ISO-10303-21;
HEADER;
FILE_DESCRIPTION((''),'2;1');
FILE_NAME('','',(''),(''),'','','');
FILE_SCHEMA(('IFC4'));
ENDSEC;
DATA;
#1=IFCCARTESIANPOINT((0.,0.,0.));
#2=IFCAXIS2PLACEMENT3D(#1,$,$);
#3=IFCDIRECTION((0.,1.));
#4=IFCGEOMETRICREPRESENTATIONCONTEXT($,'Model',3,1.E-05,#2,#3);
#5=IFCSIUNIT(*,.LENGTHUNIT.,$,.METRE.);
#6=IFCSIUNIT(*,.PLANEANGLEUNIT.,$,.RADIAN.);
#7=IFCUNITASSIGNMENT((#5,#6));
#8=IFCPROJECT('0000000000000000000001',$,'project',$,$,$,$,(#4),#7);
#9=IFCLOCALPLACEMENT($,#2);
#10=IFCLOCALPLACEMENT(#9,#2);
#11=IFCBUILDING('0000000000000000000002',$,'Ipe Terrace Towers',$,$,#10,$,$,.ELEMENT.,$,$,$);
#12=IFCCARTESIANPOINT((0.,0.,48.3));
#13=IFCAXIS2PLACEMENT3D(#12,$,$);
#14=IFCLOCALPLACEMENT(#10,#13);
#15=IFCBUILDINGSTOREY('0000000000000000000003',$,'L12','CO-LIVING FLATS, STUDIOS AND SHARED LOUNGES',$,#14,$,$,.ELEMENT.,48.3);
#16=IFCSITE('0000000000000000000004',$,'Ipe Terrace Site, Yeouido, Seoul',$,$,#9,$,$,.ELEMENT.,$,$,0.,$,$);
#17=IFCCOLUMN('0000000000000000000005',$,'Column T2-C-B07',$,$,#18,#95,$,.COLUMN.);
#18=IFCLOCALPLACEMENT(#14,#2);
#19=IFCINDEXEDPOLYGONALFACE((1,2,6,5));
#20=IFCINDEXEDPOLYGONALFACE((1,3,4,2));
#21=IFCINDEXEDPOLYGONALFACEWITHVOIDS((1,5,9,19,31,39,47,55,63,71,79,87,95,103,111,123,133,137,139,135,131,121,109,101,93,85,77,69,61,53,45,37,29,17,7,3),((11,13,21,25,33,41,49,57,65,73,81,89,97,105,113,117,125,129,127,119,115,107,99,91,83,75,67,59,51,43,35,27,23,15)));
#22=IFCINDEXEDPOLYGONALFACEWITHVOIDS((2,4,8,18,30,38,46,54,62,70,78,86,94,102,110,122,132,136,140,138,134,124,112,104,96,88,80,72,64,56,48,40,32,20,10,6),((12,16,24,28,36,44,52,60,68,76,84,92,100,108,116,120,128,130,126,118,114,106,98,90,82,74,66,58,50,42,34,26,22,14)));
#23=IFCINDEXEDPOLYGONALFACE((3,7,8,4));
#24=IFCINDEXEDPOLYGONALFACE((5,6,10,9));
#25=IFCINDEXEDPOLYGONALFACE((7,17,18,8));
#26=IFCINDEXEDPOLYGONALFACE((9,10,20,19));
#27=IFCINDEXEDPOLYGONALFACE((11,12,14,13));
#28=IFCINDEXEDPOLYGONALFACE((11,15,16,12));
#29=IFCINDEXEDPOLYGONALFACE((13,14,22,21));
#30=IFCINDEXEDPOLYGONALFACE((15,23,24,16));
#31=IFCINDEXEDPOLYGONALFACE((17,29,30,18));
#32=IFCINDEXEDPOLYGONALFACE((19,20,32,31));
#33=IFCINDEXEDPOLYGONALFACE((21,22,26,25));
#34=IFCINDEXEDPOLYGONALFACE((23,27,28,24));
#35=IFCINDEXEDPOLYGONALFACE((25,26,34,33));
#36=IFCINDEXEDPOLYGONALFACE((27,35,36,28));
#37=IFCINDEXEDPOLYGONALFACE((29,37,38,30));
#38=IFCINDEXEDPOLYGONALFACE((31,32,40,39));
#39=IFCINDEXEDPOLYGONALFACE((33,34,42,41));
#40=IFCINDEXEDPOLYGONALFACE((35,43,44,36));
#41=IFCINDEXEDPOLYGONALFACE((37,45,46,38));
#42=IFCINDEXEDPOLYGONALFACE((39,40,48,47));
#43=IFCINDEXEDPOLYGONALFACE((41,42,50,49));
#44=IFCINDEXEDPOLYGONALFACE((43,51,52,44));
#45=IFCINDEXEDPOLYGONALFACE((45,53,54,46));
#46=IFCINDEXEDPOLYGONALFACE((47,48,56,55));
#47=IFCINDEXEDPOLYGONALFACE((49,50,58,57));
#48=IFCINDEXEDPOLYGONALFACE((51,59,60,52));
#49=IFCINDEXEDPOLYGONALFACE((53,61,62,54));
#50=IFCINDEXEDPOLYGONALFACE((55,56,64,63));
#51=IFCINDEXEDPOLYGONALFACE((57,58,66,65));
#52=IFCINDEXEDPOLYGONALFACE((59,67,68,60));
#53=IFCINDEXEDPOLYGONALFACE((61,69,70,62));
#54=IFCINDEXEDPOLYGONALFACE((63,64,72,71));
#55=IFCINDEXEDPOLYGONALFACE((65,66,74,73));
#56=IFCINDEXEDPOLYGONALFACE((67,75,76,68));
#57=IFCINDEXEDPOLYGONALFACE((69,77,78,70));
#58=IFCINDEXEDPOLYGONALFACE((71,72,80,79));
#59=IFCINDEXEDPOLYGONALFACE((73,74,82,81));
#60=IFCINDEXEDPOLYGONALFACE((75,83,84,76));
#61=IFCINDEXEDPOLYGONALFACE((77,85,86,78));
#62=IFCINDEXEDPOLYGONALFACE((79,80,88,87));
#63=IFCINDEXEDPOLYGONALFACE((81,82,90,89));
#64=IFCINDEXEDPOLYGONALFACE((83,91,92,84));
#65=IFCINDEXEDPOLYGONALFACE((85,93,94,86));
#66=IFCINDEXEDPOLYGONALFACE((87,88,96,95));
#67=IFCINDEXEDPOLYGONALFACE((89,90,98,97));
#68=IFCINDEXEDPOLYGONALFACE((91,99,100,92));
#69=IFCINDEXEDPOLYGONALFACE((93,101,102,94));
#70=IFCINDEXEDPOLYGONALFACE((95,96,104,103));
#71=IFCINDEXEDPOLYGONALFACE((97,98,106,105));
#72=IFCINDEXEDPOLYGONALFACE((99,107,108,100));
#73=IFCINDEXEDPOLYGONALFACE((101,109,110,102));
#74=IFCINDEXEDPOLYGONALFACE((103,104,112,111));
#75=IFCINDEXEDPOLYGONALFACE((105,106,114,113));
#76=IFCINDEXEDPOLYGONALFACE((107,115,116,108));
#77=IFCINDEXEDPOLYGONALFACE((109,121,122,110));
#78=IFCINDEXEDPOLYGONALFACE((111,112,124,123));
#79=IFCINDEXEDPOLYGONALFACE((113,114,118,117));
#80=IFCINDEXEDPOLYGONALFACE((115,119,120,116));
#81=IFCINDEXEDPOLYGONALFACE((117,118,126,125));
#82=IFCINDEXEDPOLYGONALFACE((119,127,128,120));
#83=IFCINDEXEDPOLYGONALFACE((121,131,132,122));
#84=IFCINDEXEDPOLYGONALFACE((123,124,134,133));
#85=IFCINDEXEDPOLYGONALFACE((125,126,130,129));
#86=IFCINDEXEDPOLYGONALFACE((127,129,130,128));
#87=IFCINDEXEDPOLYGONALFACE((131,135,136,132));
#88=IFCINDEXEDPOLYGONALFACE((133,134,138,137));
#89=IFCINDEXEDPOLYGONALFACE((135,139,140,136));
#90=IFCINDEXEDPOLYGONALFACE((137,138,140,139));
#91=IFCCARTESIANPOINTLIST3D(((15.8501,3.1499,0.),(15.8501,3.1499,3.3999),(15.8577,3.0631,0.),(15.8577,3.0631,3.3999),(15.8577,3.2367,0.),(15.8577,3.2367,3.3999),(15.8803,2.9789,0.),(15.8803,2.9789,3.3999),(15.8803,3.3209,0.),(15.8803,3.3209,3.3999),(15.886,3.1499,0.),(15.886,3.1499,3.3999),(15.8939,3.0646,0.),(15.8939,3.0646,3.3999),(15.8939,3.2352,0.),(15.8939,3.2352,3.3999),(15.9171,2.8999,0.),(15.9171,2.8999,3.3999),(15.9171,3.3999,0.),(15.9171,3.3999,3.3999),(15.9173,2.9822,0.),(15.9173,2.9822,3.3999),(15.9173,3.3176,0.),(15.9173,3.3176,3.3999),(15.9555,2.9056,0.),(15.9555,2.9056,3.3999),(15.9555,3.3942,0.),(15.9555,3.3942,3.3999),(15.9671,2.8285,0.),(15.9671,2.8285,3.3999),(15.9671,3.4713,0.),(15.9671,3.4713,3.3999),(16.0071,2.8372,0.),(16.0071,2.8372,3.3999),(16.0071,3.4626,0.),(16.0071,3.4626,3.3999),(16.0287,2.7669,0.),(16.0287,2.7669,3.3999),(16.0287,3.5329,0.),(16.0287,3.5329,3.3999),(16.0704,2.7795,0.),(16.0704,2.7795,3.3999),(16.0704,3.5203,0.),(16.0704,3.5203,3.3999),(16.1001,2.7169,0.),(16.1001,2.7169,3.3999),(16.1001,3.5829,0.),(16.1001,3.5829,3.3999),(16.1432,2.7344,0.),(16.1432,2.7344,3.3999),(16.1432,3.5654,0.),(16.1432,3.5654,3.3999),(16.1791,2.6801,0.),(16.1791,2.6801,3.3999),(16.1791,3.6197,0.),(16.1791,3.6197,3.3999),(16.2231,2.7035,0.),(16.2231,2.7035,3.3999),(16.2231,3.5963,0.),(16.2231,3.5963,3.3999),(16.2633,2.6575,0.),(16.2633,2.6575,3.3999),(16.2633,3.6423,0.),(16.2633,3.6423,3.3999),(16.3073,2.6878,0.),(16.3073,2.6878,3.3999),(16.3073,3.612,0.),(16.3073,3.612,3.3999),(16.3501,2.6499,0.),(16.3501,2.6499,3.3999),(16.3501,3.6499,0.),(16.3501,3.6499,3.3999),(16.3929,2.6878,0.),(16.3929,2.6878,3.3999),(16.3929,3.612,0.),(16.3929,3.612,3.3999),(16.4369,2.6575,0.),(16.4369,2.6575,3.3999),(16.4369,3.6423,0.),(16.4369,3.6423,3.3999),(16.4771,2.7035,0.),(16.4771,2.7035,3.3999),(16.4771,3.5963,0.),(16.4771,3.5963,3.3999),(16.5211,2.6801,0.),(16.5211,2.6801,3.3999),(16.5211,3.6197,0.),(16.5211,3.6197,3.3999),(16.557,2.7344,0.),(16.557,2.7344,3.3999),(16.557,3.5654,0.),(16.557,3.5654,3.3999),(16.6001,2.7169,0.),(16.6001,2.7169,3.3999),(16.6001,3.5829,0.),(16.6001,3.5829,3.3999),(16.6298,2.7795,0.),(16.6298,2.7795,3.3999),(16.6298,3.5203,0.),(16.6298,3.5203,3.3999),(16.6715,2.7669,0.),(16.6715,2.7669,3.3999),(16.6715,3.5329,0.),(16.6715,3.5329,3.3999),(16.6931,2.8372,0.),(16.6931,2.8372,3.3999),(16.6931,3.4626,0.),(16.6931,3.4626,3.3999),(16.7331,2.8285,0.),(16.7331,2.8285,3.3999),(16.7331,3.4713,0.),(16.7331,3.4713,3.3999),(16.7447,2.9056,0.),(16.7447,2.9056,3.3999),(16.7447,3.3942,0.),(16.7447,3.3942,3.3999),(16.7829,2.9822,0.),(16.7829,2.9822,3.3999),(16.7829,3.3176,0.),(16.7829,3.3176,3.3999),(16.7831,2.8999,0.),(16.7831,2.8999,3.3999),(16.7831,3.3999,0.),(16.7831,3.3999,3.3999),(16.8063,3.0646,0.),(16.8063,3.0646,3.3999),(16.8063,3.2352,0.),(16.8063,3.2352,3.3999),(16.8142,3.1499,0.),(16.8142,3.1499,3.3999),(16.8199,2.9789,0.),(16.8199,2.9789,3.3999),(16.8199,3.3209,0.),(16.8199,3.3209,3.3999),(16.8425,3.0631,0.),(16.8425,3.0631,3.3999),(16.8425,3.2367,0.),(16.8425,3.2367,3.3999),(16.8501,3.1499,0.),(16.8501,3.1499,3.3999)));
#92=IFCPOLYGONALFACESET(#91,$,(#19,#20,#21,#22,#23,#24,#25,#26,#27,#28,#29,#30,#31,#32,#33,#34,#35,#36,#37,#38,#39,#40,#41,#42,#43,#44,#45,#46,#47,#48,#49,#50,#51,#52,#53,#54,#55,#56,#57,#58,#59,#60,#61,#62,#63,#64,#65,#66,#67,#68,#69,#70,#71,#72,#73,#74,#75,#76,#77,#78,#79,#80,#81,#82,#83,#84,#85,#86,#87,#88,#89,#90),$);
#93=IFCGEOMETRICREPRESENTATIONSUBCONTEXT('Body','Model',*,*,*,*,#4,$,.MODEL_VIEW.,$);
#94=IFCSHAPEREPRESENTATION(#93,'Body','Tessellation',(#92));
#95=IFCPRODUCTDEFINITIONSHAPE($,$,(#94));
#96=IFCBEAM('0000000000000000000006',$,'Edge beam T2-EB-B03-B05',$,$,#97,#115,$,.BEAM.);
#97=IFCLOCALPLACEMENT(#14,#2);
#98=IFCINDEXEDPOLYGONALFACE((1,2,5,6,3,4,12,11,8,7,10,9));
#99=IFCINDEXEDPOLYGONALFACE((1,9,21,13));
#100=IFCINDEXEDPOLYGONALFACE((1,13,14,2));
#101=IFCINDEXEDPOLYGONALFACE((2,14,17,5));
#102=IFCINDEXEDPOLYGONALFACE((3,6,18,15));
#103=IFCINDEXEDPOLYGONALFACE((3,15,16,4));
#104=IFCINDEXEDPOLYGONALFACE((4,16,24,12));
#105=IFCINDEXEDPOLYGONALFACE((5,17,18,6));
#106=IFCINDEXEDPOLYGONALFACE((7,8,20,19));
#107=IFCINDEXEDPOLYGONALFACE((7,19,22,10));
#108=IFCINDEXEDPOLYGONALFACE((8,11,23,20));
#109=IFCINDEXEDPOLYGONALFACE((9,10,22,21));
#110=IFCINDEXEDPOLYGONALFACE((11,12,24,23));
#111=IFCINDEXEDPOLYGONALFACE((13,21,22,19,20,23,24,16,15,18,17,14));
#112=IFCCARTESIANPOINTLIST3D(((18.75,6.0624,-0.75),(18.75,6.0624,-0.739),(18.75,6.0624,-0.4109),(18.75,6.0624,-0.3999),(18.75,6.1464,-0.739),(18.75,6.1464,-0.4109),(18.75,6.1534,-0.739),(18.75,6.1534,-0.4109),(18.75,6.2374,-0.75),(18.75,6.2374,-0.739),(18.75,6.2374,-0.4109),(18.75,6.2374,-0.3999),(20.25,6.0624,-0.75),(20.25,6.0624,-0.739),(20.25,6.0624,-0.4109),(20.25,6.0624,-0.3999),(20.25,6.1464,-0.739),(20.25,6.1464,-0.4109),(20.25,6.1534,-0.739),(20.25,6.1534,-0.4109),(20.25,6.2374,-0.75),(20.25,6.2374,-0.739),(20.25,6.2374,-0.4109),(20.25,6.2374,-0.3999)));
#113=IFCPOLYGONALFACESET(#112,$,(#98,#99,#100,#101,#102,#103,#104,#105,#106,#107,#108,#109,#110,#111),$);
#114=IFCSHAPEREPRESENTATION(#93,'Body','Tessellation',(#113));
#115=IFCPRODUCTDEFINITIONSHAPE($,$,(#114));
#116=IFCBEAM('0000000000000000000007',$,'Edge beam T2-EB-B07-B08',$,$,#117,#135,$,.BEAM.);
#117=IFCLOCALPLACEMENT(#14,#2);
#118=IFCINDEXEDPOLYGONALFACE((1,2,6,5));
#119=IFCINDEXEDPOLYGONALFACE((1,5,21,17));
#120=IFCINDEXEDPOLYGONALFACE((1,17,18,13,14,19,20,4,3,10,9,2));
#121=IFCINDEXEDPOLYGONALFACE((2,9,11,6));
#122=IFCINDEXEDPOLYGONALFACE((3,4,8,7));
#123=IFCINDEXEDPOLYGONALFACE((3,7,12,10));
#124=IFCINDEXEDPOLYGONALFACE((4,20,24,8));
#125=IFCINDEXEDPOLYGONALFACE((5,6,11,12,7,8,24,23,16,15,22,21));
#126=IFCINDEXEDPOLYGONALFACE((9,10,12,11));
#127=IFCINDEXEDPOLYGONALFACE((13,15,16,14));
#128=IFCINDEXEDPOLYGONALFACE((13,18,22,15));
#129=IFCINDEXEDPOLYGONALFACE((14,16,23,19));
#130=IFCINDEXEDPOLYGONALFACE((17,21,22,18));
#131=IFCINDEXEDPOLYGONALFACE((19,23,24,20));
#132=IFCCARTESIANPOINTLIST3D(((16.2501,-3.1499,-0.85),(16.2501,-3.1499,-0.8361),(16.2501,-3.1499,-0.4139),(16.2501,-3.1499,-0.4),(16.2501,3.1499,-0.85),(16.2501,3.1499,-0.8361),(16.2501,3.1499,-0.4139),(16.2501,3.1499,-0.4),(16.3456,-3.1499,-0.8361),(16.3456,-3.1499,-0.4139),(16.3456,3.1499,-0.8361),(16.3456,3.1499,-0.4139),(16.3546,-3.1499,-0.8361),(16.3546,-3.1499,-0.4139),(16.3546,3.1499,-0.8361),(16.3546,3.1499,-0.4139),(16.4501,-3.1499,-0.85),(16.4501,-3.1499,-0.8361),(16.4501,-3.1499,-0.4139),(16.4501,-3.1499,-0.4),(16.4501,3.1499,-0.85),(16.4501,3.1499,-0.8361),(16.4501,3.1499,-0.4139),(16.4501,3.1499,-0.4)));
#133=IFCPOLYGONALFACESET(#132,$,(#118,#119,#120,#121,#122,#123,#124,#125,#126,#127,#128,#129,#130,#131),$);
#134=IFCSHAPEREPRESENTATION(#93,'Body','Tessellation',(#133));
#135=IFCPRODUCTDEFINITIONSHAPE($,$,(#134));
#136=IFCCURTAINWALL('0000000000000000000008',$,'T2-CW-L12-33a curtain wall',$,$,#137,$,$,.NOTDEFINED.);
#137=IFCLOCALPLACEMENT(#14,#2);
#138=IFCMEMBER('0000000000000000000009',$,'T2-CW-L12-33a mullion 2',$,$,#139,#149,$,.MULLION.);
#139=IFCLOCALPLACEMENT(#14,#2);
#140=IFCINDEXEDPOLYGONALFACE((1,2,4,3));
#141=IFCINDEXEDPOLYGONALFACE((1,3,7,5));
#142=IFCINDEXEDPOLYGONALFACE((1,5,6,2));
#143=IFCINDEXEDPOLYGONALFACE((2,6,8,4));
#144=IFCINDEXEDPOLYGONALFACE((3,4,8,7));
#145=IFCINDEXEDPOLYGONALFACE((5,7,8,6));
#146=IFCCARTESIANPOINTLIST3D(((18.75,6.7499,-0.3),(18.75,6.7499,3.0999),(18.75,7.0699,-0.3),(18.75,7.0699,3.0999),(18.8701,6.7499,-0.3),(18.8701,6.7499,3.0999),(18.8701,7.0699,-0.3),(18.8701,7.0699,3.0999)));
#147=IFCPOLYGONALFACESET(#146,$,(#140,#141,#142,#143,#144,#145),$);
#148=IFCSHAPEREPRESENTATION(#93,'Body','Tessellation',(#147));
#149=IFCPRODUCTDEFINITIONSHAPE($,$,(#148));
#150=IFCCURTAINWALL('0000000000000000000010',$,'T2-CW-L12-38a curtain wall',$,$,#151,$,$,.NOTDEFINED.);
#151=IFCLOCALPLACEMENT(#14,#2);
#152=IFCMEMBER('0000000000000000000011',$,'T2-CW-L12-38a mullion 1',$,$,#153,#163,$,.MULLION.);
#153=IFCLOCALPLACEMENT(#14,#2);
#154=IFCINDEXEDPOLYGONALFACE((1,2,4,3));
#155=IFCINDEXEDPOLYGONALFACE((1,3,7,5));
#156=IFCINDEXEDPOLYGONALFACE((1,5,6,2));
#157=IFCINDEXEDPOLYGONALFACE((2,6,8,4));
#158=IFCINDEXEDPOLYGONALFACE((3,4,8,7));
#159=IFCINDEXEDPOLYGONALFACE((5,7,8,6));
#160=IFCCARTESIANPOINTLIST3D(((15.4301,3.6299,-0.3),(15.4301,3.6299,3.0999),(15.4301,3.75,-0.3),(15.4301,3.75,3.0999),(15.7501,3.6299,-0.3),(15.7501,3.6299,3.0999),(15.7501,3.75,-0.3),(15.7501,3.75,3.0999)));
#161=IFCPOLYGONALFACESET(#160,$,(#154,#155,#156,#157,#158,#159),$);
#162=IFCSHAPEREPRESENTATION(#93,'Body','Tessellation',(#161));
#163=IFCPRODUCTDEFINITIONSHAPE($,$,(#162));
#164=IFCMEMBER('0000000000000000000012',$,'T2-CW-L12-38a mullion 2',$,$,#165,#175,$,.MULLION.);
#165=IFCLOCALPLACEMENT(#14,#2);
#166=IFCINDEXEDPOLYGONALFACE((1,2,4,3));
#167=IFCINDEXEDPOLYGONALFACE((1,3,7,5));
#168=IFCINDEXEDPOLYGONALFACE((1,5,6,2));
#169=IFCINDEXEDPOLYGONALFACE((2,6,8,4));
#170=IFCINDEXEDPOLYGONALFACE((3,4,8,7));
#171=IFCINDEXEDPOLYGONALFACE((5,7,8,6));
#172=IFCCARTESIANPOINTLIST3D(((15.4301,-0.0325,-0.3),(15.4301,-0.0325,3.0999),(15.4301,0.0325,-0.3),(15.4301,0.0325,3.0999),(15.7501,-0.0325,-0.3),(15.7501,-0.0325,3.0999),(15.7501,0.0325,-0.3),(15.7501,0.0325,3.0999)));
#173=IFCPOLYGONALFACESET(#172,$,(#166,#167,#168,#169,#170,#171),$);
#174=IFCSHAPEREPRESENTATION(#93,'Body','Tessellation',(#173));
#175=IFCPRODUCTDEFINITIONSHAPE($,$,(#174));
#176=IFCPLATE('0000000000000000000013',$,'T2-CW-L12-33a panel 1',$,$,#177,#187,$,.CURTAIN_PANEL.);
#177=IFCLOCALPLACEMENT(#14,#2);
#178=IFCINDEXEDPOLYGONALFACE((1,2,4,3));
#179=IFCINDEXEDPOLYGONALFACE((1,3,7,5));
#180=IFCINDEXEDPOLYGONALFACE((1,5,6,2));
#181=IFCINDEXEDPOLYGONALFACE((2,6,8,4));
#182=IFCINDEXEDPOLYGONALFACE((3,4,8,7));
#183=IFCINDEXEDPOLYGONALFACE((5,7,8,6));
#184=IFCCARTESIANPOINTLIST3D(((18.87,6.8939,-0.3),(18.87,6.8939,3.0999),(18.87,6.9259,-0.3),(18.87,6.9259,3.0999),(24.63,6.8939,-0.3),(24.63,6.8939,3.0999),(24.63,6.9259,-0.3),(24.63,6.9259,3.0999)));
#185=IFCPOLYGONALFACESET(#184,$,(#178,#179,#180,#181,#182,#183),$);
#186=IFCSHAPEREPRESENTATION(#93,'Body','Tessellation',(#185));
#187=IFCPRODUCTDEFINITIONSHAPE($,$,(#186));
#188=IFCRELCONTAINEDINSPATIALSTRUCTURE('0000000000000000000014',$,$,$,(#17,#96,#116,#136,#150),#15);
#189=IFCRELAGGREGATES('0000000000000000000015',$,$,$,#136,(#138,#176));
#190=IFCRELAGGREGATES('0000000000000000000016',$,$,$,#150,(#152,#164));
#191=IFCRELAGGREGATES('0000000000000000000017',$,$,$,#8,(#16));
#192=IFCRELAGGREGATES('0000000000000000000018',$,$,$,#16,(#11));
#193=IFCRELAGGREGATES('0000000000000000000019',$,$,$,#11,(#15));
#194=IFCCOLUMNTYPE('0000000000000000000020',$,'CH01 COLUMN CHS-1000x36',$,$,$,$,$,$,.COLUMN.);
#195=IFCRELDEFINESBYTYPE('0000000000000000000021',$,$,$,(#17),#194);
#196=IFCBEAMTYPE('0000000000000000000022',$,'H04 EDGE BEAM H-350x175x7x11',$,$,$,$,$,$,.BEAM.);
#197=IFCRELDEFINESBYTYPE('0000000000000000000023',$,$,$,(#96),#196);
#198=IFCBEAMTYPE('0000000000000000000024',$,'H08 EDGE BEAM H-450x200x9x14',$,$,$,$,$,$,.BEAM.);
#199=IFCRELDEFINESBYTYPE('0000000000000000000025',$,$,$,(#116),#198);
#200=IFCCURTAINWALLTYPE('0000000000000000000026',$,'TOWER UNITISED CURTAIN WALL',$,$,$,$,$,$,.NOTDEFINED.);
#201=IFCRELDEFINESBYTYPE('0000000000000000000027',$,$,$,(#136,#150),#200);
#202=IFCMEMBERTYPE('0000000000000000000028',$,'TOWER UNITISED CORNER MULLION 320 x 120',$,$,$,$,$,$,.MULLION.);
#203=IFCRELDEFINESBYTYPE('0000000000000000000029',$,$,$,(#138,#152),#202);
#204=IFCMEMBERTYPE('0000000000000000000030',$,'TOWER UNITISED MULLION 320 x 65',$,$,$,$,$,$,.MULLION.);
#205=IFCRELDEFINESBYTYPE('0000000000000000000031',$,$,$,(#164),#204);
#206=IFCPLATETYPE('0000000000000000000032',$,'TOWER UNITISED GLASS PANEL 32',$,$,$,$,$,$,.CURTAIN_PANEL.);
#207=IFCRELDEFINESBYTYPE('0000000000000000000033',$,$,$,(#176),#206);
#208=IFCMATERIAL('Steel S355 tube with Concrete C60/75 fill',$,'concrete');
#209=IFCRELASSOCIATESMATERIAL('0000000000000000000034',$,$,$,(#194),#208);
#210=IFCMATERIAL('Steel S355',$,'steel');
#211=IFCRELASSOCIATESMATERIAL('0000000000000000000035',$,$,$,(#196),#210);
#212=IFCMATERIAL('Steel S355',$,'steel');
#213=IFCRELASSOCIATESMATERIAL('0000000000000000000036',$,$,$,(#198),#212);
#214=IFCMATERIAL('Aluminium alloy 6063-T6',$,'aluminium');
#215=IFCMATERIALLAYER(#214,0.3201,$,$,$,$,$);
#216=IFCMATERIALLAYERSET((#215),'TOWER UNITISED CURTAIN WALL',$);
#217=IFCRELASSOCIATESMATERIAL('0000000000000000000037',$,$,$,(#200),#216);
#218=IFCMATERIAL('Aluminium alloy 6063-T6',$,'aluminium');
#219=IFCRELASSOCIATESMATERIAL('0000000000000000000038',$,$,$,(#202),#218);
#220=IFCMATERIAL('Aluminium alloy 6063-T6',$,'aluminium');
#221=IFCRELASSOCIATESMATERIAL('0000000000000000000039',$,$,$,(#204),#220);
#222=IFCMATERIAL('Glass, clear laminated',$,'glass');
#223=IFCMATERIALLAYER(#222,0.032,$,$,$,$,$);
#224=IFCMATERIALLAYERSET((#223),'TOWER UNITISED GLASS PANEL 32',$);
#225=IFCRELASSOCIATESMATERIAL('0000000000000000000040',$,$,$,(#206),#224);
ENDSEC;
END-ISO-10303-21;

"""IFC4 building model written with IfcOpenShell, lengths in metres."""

from ifc_helpers import new_model, si_unit, direction, frame, origin, origin_2d, place, context, subcontext, project, spatial, rectangle, hollow_circle, i_section, extrude, material, layer, layer_set, material_profile, profile_set, type_object, element, aggregate, save


model = new_model("IFC4")

# Units and contexts
model_context = context("Model", 3, precision=1e-05, world=origin(), true_north=direction((0.0, 1.0)))
body_context = subcontext(model_context, "Body", "Model", "MODEL_VIEW")
ifc_project = project(units=[si_unit("LENGTHUNIT", "METRE"), si_unit("PLANEANGLEUNIT", "RADIAN")], contexts=[model_context])

# Site, building, storey
site_placement = place(None, origin())
site = spatial("IfcSite", under=ifc_project, at=site_placement, Name="Ipe Terrace Site, Yeouido, Seoul", CompositionType="ELEMENT", RefElevation=0.0)
building_placement = place(site_placement, origin())
building = spatial("IfcBuilding", under=site, at=building_placement, Name="Ipe Terrace Towers", CompositionType="ELEMENT")
storey_placement = place(building_placement, frame((0.0, 0.0, 48.3)))
storey = spatial("IfcBuildingStorey", under=building, at=storey_placement, Name="L12", Description="CO-LIVING FLATS, STUDIOS AND SHARED LOUNGES", CompositionType="ELEMENT", Elevation=48.3)

# Column
ifc_material_1 = material(Name="Steel S355 tube with Concrete C60/75 fill", Category="concrete")
ifc_material_profile_1 = material_profile(ifc_material_1, hollow_circle(Radius=0.5, WallThickness=0.0359, at=origin_2d()), Name="CHS-1000x36")
ifc_profile_set_1 = profile_set([ifc_material_profile_1], Name="Steel S355 tube with Concrete C60/75 fill")
column_type = type_object("IfcColumnType", Name="CH01 COLUMN CHS-1000x36", PredefinedType="COLUMN", material=ifc_profile_set_1)
for number, where, z_axis, x_axis, name in (
    (1, (16.3501, 3.1499, 0.0), (0.0, 0.0, 1.0), (1.0, 0.0, 0.0), "Column T2-C-B07"),
):
    element("IfcColumn", number, at=place(storey_placement, frame(where, z_axis=z_axis, x_axis=x_axis)), inside=storey, type_object=column_type, Name=name, PredefinedType="COLUMN", context=body_context, shape_type="SweptSolid", body=[
        extrude(hollow_circle(Radius=0.5, WallThickness=0.0359, at=origin_2d()), origin(), (0.0, 0.0, 1.0), 3.3999),
    ])

# Beams
ifc_material_2 = material(Name="Steel S355", Category="steel")
ifc_material_profile_2 = material_profile(ifc_material_2, i_section(OverallWidth=0.175, OverallDepth=0.3501, WebThickness=0.0071, FlangeThickness=0.011, at=origin_2d()), Name="H-350x175x7x11")
ifc_profile_set_2 = profile_set([ifc_material_profile_2], Name="Steel S355")
beam_type_1 = type_object("IfcBeamType", Name="H04 EDGE BEAM H-350x175x7x11", PredefinedType="BEAM", material=ifc_profile_set_2)
beam_1_placement = place(storey_placement, frame((20.25, 6.1499, -0.575), z_axis=(-1.0, 0.0, 0.0), x_axis=(0.0, -1.0, 0.0)))
element("IfcBeam", 2, at=beam_1_placement, inside=storey, type_object=beam_type_1, Name="Edge beam T2-EB-B03-B05", PredefinedType="BEAM", context=body_context, shape_type="SweptSolid", body=[
    extrude(i_section(OverallWidth=0.175, OverallDepth=0.3501, WebThickness=0.0071, FlangeThickness=0.011, at=origin_2d()), origin(), (0.0, 0.0, 1.0), 1.5),
])
ifc_material_3 = material(Name="Steel S355", Category="steel")
ifc_material_profile_3 = material_profile(ifc_material_3, i_section(OverallWidth=0.2, OverallDepth=0.45, WebThickness=0.009, FlangeThickness=0.0139, at=origin_2d()), Name="H-450x200x9x14")
ifc_profile_set_3 = profile_set([ifc_material_profile_3], Name="Steel S355")
beam_type_2 = type_object("IfcBeamType", Name="H08 EDGE BEAM H-450x200x9x14", PredefinedType="BEAM", material=ifc_profile_set_3)
beam_2_placement = place(storey_placement, frame((16.3501, 3.1499, -0.625), z_axis=(0.0, -1.0, 0.0), x_axis=(1.0, 0.0, 0.0)))
element("IfcBeam", 3, at=beam_2_placement, inside=storey, type_object=beam_type_2, Name="Edge beam T2-EB-B07-B08", PredefinedType="BEAM", context=body_context, shape_type="SweptSolid", body=[
    extrude(i_section(OverallWidth=0.2, OverallDepth=0.45, WebThickness=0.009, FlangeThickness=0.0139, at=origin_2d()), origin(), (0.0, 0.0, 1.0), 6.2998),
])

# Curtain wall, member
ifc_material_4 = material(Name="Aluminium alloy 6063-T6", Category="aluminium")
ifc_layer_1 = layer(ifc_material_4, 0.3201)
ifc_layer_set_1 = layer_set([ifc_layer_1], Name="TOWER UNITISED CURTAIN WALL")
curtain_wall_type = type_object("IfcCurtainWallType", Name="TOWER UNITISED CURTAIN WALL", PredefinedType="NOTDEFINED", material=ifc_layer_set_1)
curtain_wall_1_placement = place(storey_placement, origin())
curtain_wall_1 = element("IfcCurtainWall", 4, at=curtain_wall_1_placement, inside=storey, type_object=curtain_wall_type, Name="T2-CW-L12-33a curtain wall", PredefinedType="NOTDEFINED")
ifc_material_5 = material(Name="Aluminium alloy 6063-T6", Category="aluminium")
ifc_material_profile_4 = material_profile(ifc_material_5, rectangle(XDim=0.3201, YDim=0.1201, at=origin_2d()), Name="TOWER UNITISED CORNER MULLION 320 x 120")
ifc_profile_set_4 = profile_set([ifc_material_profile_4], Name="Aluminium alloy 6063-T6")
member_type_1 = type_object("IfcMemberType", Name="TOWER UNITISED CORNER MULLION 320 x 120", PredefinedType="MULLION", material=ifc_profile_set_4)
member_1_placement = place(storey_placement, frame((18.8101, 6.9099, -0.3), z_axis=(0.0, 0.0, 1.0), x_axis=(0.0, 1.0, 0.0)))
member_1 = element("IfcMember", 5, at=member_1_placement, type_object=member_type_1, Name="T2-CW-L12-33a mullion 2", PredefinedType="MULLION", context=body_context, shape_type="SweptSolid", body=[
    extrude(rectangle(XDim=0.3201, YDim=0.1201, at=origin_2d()), origin(), (0.0, 0.0, 1.0), 3.3999),
])

# Curtain wall, members
curtain_wall_2_placement = place(storey_placement, origin())
curtain_wall_2 = element("IfcCurtainWall", 6, at=curtain_wall_2_placement, inside=storey, type_object=curtain_wall_type, Name="T2-CW-L12-38a curtain wall", PredefinedType="NOTDEFINED")
member_2_placement = place(storey_placement, frame((15.5901, 3.6899, -0.3), z_axis=(0.0, 0.0, 1.0), x_axis=(-1.0, 0.0, 0.0)))
member_2 = element("IfcMember", 7, at=member_2_placement, type_object=member_type_1, Name="T2-CW-L12-38a mullion 1", PredefinedType="MULLION", context=body_context, shape_type="SweptSolid", body=[
    extrude(rectangle(XDim=0.3201, YDim=0.1201, at=origin_2d()), origin(), (0.0, 0.0, 1.0), 3.3999),
])
ifc_material_6 = material(Name="Aluminium alloy 6063-T6", Category="aluminium")
ifc_material_profile_5 = material_profile(ifc_material_6, rectangle(XDim=0.3201, YDim=0.0649, at=origin_2d()), Name="TOWER UNITISED MULLION 320 x 65")
ifc_profile_set_5 = profile_set([ifc_material_profile_5], Name="Aluminium alloy 6063-T6")
member_type_2 = type_object("IfcMemberType", Name="TOWER UNITISED MULLION 320 x 65", PredefinedType="MULLION", material=ifc_profile_set_5)
member_3_placement = place(storey_placement, frame((15.5901, 0.0, -0.3), z_axis=(0.0, 0.0, 1.0), x_axis=(-1.0, 0.0, 0.0)))
member_3 = element("IfcMember", 8, at=member_3_placement, type_object=member_type_2, Name="T2-CW-L12-38a mullion 2", PredefinedType="MULLION", context=body_context, shape_type="SweptSolid", body=[
    extrude(rectangle(XDim=0.3201, YDim=0.0649, at=origin_2d()), origin(), (0.0, 0.0, 1.0), 3.3999),
])

# Plate
ifc_material_7 = material(Name="Glass, clear laminated", Category="glass")
ifc_layer_2 = layer(ifc_material_7, 0.032)
ifc_layer_set_2 = layer_set([ifc_layer_2], Name="TOWER UNITISED GLASS PANEL 32")
plate_type = type_object("IfcPlateType", Name="TOWER UNITISED GLASS PANEL 32", PredefinedType="CURTAIN_PANEL", material=ifc_layer_set_2)
plate_1_placement = place(storey_placement, frame((21.75, 6.9099, -0.3), z_axis=(0.0, 0.0, 1.0), x_axis=(-1.0, 0.0, 0.0)))
plate_1 = element("IfcPlate", 9, at=plate_1_placement, type_object=plate_type, Name="T2-CW-L12-33a panel 1", PredefinedType="CURTAIN_PANEL", context=body_context, shape_type="SweptSolid", body=[
    extrude(rectangle(XDim=5.76, YDim=0.032, at=origin_2d()), origin(), (0.0, 0.0, 1.0), 3.3999),
])
aggregate(curtain_wall_1, [member_1, plate_1])
aggregate(curtain_wall_2, [member_2, member_3])

save(model, "model.ifc")
